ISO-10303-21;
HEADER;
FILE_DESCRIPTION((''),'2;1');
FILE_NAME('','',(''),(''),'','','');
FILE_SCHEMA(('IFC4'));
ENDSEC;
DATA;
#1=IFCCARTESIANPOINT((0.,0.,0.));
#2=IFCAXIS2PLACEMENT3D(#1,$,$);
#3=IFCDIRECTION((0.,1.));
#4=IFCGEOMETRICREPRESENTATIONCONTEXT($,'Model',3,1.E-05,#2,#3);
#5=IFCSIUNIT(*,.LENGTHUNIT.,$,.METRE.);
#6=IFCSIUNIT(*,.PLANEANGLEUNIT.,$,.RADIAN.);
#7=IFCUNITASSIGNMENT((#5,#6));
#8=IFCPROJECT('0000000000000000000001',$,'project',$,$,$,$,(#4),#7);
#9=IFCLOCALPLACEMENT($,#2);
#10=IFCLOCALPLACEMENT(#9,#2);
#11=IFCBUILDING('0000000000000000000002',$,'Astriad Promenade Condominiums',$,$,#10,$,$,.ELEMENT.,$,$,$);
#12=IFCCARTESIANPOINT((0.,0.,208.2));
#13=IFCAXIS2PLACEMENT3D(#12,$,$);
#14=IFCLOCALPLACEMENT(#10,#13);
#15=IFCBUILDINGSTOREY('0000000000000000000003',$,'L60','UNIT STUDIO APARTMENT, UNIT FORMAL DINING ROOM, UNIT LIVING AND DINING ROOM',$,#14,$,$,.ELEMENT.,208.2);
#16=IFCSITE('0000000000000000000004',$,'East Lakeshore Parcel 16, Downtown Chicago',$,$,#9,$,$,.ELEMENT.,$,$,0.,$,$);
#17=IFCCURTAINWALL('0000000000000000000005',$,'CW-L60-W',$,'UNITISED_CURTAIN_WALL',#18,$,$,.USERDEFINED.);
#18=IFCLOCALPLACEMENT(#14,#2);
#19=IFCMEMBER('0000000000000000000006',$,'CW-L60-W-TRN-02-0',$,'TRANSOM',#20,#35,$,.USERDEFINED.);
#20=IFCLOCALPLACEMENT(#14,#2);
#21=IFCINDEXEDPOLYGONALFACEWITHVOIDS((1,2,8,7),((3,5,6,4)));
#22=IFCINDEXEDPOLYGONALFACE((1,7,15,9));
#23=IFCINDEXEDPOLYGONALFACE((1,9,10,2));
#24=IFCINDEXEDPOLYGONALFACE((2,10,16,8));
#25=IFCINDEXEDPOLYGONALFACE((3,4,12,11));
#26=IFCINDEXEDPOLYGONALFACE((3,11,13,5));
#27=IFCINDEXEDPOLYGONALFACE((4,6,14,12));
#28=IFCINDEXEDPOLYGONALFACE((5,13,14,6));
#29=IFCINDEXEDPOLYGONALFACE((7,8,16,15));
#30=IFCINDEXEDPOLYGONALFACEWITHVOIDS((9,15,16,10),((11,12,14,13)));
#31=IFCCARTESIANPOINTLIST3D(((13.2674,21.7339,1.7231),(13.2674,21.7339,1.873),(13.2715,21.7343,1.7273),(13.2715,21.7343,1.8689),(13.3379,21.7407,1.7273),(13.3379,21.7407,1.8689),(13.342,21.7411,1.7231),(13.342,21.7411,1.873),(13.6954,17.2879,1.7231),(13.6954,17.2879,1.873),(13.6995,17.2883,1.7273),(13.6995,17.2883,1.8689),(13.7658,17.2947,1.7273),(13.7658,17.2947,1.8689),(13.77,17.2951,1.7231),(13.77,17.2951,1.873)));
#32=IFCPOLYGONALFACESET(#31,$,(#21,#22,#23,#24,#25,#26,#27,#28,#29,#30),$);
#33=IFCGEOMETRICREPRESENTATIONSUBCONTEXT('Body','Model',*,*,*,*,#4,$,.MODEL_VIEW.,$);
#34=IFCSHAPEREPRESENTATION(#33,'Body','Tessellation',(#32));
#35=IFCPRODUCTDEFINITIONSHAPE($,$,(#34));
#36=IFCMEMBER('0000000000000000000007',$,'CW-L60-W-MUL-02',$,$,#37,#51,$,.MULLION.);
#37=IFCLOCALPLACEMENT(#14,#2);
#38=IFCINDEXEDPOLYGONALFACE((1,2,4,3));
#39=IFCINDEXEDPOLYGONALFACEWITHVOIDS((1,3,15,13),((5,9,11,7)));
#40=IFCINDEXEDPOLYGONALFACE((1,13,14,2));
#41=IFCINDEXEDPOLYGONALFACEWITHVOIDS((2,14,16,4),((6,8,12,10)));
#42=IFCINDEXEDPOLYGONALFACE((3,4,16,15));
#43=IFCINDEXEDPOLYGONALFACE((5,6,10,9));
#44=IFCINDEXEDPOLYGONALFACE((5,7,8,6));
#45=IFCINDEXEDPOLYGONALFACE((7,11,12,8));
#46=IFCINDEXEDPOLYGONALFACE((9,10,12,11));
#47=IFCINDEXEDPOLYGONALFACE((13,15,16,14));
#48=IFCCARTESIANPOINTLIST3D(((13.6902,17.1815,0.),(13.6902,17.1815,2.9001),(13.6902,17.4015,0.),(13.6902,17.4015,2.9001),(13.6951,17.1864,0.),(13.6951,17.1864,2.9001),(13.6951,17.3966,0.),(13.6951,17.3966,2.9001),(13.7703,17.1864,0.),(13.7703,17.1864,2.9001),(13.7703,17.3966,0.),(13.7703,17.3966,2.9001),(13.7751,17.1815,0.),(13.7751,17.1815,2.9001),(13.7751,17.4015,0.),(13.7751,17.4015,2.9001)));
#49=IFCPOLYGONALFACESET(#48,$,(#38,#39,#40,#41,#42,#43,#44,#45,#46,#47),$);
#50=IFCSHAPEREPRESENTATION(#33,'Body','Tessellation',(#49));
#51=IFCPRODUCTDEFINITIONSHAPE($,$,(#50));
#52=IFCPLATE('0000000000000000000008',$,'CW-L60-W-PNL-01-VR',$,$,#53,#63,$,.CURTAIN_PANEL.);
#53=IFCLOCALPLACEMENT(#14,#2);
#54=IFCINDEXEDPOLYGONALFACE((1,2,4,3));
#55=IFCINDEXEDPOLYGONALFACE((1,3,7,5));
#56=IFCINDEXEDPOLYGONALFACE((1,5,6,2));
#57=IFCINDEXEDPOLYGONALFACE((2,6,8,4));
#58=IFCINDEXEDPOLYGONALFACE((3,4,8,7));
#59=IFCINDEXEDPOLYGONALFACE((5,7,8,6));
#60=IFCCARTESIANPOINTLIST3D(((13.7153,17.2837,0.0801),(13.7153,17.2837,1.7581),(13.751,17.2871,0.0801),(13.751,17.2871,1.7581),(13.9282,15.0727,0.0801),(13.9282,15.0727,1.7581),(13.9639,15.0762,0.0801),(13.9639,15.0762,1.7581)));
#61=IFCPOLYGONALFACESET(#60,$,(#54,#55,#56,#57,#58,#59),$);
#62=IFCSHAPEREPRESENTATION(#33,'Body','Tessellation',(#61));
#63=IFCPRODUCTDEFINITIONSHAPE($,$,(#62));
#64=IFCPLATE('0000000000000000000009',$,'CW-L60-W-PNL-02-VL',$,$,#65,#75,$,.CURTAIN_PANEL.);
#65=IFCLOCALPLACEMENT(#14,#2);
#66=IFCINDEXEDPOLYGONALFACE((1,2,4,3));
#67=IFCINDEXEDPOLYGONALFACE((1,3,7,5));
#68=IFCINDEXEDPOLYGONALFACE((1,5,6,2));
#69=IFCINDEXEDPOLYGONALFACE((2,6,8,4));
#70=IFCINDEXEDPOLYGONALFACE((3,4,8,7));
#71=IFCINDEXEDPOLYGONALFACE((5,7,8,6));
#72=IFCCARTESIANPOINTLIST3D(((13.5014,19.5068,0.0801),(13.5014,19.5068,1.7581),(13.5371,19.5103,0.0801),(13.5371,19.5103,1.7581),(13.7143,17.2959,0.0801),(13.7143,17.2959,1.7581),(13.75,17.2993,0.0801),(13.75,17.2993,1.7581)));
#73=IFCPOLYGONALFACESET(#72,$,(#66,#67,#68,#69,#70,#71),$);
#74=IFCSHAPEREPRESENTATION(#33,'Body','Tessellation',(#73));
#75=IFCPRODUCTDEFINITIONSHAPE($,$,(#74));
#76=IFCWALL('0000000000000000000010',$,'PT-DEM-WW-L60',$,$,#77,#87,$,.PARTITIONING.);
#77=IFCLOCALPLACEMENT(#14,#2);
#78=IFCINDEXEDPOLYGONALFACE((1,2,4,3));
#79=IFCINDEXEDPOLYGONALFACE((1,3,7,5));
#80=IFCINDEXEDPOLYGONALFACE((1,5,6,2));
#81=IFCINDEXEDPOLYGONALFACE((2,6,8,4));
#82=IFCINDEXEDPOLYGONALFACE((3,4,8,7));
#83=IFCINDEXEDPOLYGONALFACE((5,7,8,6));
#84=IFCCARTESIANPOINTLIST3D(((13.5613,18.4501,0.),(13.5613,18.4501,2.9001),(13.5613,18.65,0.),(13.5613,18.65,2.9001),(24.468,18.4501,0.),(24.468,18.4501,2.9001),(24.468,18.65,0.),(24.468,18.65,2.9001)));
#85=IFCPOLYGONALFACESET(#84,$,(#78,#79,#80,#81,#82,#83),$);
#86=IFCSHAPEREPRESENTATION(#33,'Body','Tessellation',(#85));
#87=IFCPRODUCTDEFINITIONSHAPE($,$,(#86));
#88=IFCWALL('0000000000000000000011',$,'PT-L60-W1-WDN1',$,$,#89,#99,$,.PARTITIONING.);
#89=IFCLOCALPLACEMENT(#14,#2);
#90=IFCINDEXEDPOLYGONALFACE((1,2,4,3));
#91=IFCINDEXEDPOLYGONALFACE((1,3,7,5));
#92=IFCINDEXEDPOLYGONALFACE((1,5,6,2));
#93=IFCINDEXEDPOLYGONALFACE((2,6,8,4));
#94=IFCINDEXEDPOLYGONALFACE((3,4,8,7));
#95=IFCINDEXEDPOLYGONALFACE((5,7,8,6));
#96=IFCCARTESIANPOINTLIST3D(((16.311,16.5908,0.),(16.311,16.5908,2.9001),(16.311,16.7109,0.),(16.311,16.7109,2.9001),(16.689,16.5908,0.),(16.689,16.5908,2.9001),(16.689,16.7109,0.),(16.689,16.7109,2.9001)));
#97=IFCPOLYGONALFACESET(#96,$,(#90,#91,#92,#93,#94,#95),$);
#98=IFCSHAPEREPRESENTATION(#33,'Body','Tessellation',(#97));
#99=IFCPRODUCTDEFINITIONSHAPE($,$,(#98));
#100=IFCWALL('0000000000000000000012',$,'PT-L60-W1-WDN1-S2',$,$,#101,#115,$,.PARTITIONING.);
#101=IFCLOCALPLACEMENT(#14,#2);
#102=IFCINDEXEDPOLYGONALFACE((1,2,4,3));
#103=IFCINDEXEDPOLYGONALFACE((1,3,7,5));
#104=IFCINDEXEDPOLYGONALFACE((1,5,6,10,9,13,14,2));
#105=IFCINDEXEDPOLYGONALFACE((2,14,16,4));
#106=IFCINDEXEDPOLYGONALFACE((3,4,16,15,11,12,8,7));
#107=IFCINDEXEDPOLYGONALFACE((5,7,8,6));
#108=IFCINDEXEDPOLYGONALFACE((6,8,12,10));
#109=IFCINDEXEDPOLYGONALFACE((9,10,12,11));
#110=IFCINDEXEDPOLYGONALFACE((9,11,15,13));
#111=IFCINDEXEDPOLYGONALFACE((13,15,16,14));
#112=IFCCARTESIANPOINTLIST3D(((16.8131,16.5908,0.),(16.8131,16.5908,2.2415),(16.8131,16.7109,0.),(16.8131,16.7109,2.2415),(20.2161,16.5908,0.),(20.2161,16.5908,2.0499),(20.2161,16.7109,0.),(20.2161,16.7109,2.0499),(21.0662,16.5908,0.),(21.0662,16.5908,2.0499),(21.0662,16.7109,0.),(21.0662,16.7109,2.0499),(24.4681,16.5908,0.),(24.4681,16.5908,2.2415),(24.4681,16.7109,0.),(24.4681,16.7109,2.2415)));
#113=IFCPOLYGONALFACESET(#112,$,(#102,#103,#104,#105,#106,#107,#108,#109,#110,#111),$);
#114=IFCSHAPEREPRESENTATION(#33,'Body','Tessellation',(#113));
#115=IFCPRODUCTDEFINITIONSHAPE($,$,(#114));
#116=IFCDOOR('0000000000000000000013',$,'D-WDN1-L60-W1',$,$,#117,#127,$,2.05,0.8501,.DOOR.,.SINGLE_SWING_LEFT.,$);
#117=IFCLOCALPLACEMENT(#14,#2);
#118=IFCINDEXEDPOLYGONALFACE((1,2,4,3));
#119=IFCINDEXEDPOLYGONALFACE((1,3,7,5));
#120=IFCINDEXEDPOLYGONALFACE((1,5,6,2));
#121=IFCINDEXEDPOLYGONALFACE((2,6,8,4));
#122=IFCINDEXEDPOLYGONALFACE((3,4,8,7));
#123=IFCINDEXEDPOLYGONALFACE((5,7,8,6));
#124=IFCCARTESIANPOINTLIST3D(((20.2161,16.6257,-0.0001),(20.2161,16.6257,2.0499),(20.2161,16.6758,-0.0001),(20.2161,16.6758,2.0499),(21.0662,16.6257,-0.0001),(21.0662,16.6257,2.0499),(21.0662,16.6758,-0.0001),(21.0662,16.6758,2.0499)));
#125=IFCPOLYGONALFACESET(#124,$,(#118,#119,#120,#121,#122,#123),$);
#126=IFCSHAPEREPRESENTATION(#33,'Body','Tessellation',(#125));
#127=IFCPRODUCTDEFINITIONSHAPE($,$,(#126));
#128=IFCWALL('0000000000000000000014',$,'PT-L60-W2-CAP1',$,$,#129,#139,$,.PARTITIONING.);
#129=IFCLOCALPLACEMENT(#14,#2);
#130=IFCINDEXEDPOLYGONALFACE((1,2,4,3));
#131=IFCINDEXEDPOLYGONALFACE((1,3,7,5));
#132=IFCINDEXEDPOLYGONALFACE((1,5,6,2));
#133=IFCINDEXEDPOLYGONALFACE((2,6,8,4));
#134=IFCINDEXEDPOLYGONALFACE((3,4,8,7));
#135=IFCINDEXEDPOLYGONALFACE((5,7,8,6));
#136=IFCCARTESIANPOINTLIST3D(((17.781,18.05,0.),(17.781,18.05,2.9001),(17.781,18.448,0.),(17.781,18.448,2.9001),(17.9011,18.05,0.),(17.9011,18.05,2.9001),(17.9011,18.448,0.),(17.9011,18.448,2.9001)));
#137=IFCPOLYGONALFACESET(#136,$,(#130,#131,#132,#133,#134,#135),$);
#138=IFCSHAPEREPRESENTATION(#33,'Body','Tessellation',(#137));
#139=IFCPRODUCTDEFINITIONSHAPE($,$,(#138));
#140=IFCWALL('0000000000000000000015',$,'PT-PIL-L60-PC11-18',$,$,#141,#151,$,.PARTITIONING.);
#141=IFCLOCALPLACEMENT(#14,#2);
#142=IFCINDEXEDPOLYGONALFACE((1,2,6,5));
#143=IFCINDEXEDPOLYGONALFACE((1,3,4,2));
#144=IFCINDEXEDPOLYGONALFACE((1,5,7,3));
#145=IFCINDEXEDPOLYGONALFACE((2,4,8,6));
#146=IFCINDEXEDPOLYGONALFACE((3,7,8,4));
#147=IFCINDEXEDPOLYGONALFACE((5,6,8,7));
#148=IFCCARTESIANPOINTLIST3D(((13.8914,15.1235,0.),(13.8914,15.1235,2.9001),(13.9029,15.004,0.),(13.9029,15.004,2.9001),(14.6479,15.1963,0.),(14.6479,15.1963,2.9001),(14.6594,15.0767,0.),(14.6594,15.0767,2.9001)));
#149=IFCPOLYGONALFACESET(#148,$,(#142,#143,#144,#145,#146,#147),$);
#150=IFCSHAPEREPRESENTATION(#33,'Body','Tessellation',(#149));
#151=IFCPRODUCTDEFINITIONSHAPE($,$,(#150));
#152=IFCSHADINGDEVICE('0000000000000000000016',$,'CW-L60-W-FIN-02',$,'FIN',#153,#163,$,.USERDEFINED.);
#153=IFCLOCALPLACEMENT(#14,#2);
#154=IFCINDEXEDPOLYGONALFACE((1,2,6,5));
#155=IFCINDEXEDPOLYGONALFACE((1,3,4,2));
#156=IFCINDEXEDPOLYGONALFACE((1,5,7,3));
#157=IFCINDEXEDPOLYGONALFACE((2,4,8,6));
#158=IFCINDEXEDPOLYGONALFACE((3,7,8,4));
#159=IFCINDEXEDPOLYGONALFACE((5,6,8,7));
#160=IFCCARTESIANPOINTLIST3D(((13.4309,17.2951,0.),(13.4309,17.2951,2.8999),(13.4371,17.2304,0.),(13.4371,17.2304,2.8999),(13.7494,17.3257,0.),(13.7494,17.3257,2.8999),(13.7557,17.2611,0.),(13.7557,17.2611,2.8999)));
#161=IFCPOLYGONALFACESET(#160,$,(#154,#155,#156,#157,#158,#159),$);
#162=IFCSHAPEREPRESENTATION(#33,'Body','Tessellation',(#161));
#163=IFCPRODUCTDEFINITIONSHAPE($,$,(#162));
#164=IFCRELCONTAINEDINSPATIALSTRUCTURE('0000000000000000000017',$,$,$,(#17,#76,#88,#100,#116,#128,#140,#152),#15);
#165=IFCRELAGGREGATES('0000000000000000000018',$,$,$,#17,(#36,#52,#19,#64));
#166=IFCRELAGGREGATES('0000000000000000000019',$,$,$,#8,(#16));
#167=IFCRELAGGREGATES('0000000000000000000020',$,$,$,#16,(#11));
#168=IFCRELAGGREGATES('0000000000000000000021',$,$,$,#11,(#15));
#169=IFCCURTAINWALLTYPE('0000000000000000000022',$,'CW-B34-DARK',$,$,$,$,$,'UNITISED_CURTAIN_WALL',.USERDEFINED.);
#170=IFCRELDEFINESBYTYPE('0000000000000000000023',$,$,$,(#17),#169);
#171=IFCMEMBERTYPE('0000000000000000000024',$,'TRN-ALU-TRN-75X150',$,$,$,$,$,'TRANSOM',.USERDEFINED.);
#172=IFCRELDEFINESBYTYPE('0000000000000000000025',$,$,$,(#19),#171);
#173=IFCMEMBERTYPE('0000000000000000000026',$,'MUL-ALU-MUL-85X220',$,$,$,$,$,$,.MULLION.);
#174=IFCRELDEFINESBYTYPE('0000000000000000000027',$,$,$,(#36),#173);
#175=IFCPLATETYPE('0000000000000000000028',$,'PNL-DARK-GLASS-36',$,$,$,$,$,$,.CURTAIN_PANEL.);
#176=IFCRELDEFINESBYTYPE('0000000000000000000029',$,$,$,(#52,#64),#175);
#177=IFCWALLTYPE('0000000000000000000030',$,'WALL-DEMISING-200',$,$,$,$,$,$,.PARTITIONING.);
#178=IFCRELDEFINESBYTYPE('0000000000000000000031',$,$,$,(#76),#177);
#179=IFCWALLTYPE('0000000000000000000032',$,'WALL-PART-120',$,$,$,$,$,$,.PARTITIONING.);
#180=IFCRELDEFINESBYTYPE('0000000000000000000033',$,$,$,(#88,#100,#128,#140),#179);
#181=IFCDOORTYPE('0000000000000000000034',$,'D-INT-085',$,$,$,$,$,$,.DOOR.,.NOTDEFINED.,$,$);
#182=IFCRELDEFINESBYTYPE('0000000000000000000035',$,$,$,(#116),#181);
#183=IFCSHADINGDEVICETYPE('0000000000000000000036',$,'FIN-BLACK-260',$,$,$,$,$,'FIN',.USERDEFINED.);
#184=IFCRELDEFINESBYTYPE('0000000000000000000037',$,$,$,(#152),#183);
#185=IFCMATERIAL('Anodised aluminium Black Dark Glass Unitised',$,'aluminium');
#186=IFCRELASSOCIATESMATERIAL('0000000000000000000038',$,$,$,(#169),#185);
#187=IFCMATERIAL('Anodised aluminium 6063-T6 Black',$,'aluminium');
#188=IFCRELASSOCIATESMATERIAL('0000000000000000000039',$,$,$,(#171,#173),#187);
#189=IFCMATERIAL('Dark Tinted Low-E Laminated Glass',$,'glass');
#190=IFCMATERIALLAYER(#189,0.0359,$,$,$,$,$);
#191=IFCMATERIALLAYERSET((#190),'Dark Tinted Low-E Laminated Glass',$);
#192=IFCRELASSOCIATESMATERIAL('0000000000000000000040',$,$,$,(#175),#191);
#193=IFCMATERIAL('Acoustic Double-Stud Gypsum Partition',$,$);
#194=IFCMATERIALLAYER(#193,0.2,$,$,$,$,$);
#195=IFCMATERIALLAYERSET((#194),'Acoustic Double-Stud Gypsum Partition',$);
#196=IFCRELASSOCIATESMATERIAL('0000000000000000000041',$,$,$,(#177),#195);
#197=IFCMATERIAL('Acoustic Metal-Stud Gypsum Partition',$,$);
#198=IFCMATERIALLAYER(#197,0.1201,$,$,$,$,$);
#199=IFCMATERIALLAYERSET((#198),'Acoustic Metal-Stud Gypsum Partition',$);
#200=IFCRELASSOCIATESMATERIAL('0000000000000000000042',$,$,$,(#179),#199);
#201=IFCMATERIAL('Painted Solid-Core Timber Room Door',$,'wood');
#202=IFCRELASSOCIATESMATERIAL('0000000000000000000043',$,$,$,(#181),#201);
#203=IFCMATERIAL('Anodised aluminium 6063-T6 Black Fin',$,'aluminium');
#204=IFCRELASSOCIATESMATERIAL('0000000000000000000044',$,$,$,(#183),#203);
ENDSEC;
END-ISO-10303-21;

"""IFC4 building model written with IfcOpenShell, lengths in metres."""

from ifc_helpers import new_model, si_unit, direction, frame, frame_2d, origin, origin_2d, place, context, subcontext, project, spatial, rectangle, hollow_rectangle, extrude, source, transform, mapped, material, layer, layer_set, material_profile, profile_set, type_object, type_shapes, element, fill, aggregate, save


model = new_model("IFC4")

# Units and contexts
model_context = context("Model", 3, precision=1e-05, world=origin(), true_north=direction((0.0, 1.0)))
body_context = subcontext(model_context, "Body", "Model", "MODEL_VIEW")
ifc_project = project(units=[si_unit("LENGTHUNIT", "METRE"), si_unit("PLANEANGLEUNIT", "RADIAN")], contexts=[model_context])

# Site, building, storey
site_placement = place(None, origin())
site = spatial("IfcSite", under=ifc_project, at=site_placement, Name="East Lakeshore Parcel 16, Downtown Chicago", CompositionType="ELEMENT", RefElevation=0.0)
building_placement = place(site_placement, origin())
building = spatial("IfcBuilding", under=site, at=building_placement, Name="Astriad Promenade Condominiums", CompositionType="ELEMENT")
storey_placement = place(building_placement, frame((0.0, 0.0, 208.2)))
storey = spatial("IfcBuildingStorey", under=building, at=storey_placement, Name="L60", Description="UNIT STUDIO APARTMENT, UNIT FORMAL DINING ROOM, UNIT LIVING AND DINING ROOM", CompositionType="ELEMENT", Elevation=208.2)

# Curtain wall, members, plates
ifc_material_1 = material(Name="Anodised aluminium Black Dark Glass Unitised", Category="aluminium")
curtain_wall_type = type_object("IfcCurtainWallType", Name="CW-B34-DARK", ElementType="UNITISED_CURTAIN_WALL", PredefinedType="USERDEFINED", material=ifc_material_1)
curtain_wall_placement = place(storey_placement, origin())
curtain_wall = element("IfcCurtainWall", 1, at=curtain_wall_placement, inside=storey, type_object=curtain_wall_type, Name="CW-L60-W", ObjectType="UNITISED_CURTAIN_WALL", PredefinedType="USERDEFINED")
ifc_material_2 = material(Name="Anodised aluminium 6063-T6 Black", Category="aluminium")
ifc_material_profile_1 = material_profile(ifc_material_2, hollow_rectangle(XDim=0.075, YDim=0.1499, WallThickness=0.0042, at=origin_2d()), Name="ALU-TRN-75X150")
ifc_profile_set_1 = profile_set([ifc_material_profile_1], Name="Anodised aluminium 6063-T6 Black")
member_type_1 = type_object("IfcMemberType", Name="TRN-ALU-TRN-75X150", ElementType="TRANSOM", PredefinedType="USERDEFINED", material=ifc_profile_set_1)
shared_shape_1 = source(origin(), body_context, "Body", "SweptSolid", [
    extrude(hollow_rectangle(XDim=0.075, YDim=0.1499, WallThickness=0.0042, at=origin_2d()), origin(), (0.0, 0.0, 1.0), 4.4666),
])
type_shapes(member_type_1, [shared_shape_1])
member_1_placement = place(storey_placement, frame((13.7327, 17.2915, 1.7981), z_axis=(-0.095818, 0.995399, 0.0), x_axis=(-0.995399, -0.095818, 0.0)))
member_1 = element("IfcMember", 2, at=member_1_placement, type_object=member_type_1, Name="CW-L60-W-TRN-02-0", ObjectType="TRANSOM", PredefinedType="USERDEFINED", context=body_context, shape_type="MappedRepresentation", body=[
    mapped(shared_shape_1, transform((0.0, 0.0, 0.0), scale=1.0)),
])
ifc_material_profile_2 = material_profile(ifc_material_2, hollow_rectangle(XDim=0.085, YDim=0.22, WallThickness=0.0049, at=origin_2d()), Name="ALU-MUL-85X220")
ifc_profile_set_2 = profile_set([ifc_material_profile_2], Name="Anodised aluminium 6063-T6 Black")
member_type_2 = type_object("IfcMemberType", Name="MUL-ALU-MUL-85X220", PredefinedType="MULLION", material=ifc_profile_set_2)
shared_shape_2 = source(origin(), body_context, "Body", "SweptSolid", [
    extrude(hollow_rectangle(XDim=0.085, YDim=0.22, WallThickness=0.0049, at=origin_2d()), origin(), (0.0, 0.0, 1.0), 2.9001),
])
type_shapes(member_type_2, [shared_shape_2])
member_2_placement = place(storey_placement, frame((13.7327, 17.2915, 0.0), z_axis=(0.0, 0.0, 1.0), x_axis=(1.0, 0.0, 0.0)))
member_2 = element("IfcMember", 3, at=member_2_placement, type_object=member_type_2, Name="CW-L60-W-MUL-02", PredefinedType="MULLION", context=body_context, shape_type="MappedRepresentation", body=[
    mapped(shared_shape_2, transform((0.0, 0.0, 0.0), scale=1.0)),
])
ifc_material_3 = material(Name="Dark Tinted Low-E Laminated Glass", Category="glass")
ifc_layer_1 = layer(ifc_material_3, 0.0359)
ifc_layer_set_1 = layer_set([ifc_layer_1], Name="Dark Tinted Low-E Laminated Glass")
plate_type = type_object("IfcPlateType", Name="PNL-DARK-GLASS-36", PredefinedType="CURTAIN_PANEL", material=ifc_layer_set_1)
shared_shape_3 = source(origin(), body_context, "Body", "SweptSolid", [
    extrude(rectangle(XDim=2.2212, YDim=0.0359, at=origin_2d()), origin(), (0.0, 0.0, 1.0), 1.678),
])
type_shapes(plate_type, [shared_shape_3])
plate_1_placement = place(storey_placement, frame((13.8396, 16.1799, 0.0801), z_axis=(0.0, 0.0, 1.0), x_axis=(-0.095846, 0.995396, 0.0)))
plate_1 = element("IfcPlate", 4, at=plate_1_placement, type_object=plate_type, Name="CW-L60-W-PNL-01-VR", PredefinedType="CURTAIN_PANEL", context=body_context, shape_type="MappedRepresentation", body=[
    mapped(shared_shape_3, transform((0.0, 0.0, 0.0), scale=1.0)),
])
plate_2_placement = place(storey_placement, frame((13.6257, 18.4031, 0.0801), z_axis=(0.0, 0.0, 1.0), x_axis=(-0.095846, 0.995396, 0.0)))
plate_2 = element("IfcPlate", 5, at=plate_2_placement, type_object=plate_type, Name="CW-L60-W-PNL-02-VL", PredefinedType="CURTAIN_PANEL", context=body_context, shape_type="MappedRepresentation", body=[
    mapped(shared_shape_3, transform((0.0, 0.0, 0.0), scale=1.0)),
])
aggregate(curtain_wall, [member_2, plate_1, member_1, plate_2])

# Walls
ifc_material_4 = material(Name="Acoustic Double-Stud Gypsum Partition")
ifc_layer_2 = layer(ifc_material_4, 0.2)
ifc_layer_set_2 = layer_set([ifc_layer_2], Name="Acoustic Double-Stud Gypsum Partition")
wall_type_1 = type_object("IfcWallType", Name="WALL-DEMISING-200", PredefinedType="PARTITIONING", material=ifc_layer_set_2)
wall_1_placement = place(storey_placement, frame((13.5613, 18.55, 0.0), z_axis=(0.0, 0.0, 1.0), x_axis=(1.0, 0.0, 0.0)))
element("IfcWall", 6, at=wall_1_placement, inside=storey, type_object=wall_type_1, Name="PT-DEM-WW-L60", PredefinedType="PARTITIONING", context=body_context, shape_type="SweptSolid", body=[
    extrude(rectangle(XDim=10.9067, YDim=0.2, at=frame_2d((5.4534, 0.0))), origin(), (0.0, 0.0, 1.0), 2.9001),
])
ifc_material_5 = material(Name="Acoustic Metal-Stud Gypsum Partition")
ifc_layer_3 = layer(ifc_material_5, 0.1201)
ifc_layer_set_3 = layer_set([ifc_layer_3], Name="Acoustic Metal-Stud Gypsum Partition")
wall_type_2 = type_object("IfcWallType", Name="WALL-PART-120", PredefinedType="PARTITIONING", material=ifc_layer_set_3)
wall_2_placement = place(storey_placement, frame((16.311, 16.6509, 0.0), z_axis=(0.0, 0.0, 1.0), x_axis=(1.0, 0.0, 0.0)))
element("IfcWall", 7, at=wall_2_placement, inside=storey, type_object=wall_type_2, Name="PT-L60-W1-WDN1", PredefinedType="PARTITIONING", context=body_context, shape_type="SweptSolid", body=[
    extrude(rectangle(XDim=0.3779, YDim=0.1201, at=frame_2d((0.189, 0.0))), origin(), (0.0, 0.0, 1.0), 2.9001),
])

# Wall, opening, door
wall_3_placement = place(storey_placement, frame((16.813, 16.6509, 0.0), z_axis=(0.0, 0.0, 1.0), x_axis=(1.0, 0.0, 0.0)))
wall_3 = element("IfcWall", 8, at=wall_3_placement, inside=storey, type_object=wall_type_2, Name="PT-L60-W1-WDN1-S2", PredefinedType="PARTITIONING", context=body_context, shape_type="SweptSolid", body=[
    extrude(rectangle(XDim=7.655, YDim=0.1201, at=frame_2d((3.8276, 0.0))), origin(), (0.0, 0.0, 1.0), 2.2415),
])
opening_placement = place(wall_3_placement, frame((3.4031, 0.0, 0.0)))
opening = element("IfcOpeningElement", 9, at=opening_placement, cuts=wall_3, PredefinedType="OPENING", context=body_context, shape_type="SweptSolid", body=[
    extrude(rectangle(XDim=0.8501, YDim=2.05, at=frame_2d((0.425, 1.0249))), frame((0.0, 0.0701, 0.0), z_axis=(0.0, -1.0, 0.0), x_axis=(1.0, 0.0, 0.0)), (0.0, 0.0, 1.0), 0.1401),
])
ifc_material_6 = material(Name="Painted Solid-Core Timber Room Door", Category="wood")
door_type = type_object("IfcDoorType", Name="D-INT-085", OperationType="NOTDEFINED", PredefinedType="DOOR", material=ifc_material_6)
shared_shape_4 = source(origin(), body_context, "Body", "SweptSolid", [
    extrude(rectangle(XDim=0.8501, YDim=2.05, at=frame_2d((0.425, 1.0249))), frame((0.0, 0.0249, 0.0), z_axis=(0.0, -1.0, 0.0), x_axis=(1.0, 0.0, 0.0)), (0.0, 0.0, 1.0), 0.05),
])
type_shapes(door_type, [shared_shape_4])
door_placement = place(opening_placement, origin())
door = element("IfcDoor", 10, at=door_placement, inside=storey, type_object=door_type, Name="D-WDN1-L60-W1", OperationType="SINGLE_SWING_LEFT", OverallHeight=2.05, OverallWidth=0.8501, PredefinedType="DOOR", context=body_context, shape_type="MappedRepresentation", body=[
    mapped(shared_shape_4, transform((0.0, 0.0, 0.0), scale=1.0)),
])
fill(opening, door)

# Walls
wall_4_placement = place(storey_placement, frame((17.8411, 18.05, 0.0), z_axis=(0.0, 0.0, 1.0), x_axis=(0.0, 1.0, 0.0)))
element("IfcWall", 11, at=wall_4_placement, inside=storey, type_object=wall_type_2, Name="PT-L60-W2-CAP1", PredefinedType="PARTITIONING", context=body_context, shape_type="SweptSolid", body=[
    extrude(rectangle(XDim=0.3979, YDim=0.1201, at=frame_2d((0.199, 0.0))), origin(), (0.0, 0.0, 1.0), 2.9001),
])
wall_5_placement = place(storey_placement, frame((14.6536, 15.1365, 0.0), z_axis=(0.0, 0.0, 1.0), x_axis=(-0.995408, -0.095719, 0.0)))
element("IfcWall", 12, at=wall_5_placement, inside=storey, type_object=wall_type_2, Name="PT-PIL-L60-PC11-18", PredefinedType="PARTITIONING", context=body_context, shape_type="SweptSolid", body=[
    extrude(rectangle(XDim=0.76, YDim=0.1201, at=frame_2d((0.3799, 0.0))), origin(), (0.0, 0.0, 1.0), 2.9001),
])

# Shading device
ifc_material_7 = material(Name="Anodised aluminium 6063-T6 Black Fin", Category="aluminium")
shading_device_type = type_object("IfcShadingDeviceType", Name="FIN-BLACK-260", ElementType="FIN", PredefinedType="USERDEFINED", material=ifc_material_7)
shared_shape_5 = source(origin(), body_context, "Body", "SweptSolid", [
    extrude(rectangle(XDim=0.0649, YDim=0.3201, at=origin_2d()), origin(), (0.0, 0.0, 1.0), 2.8999),
])
type_shapes(shading_device_type, [shared_shape_5])
shading_device_placement = place(storey_placement, frame((13.5933, 17.2781, 0.0), z_axis=(0.0, 0.0, 1.0), x_axis=(-0.095846, 0.995396, 0.0)))
element("IfcShadingDevice", 13, at=shading_device_placement, inside=storey, type_object=shading_device_type, Name="CW-L60-W-FIN-02", ObjectType="FIN", PredefinedType="USERDEFINED", context=body_context, shape_type="MappedRepresentation", body=[
    mapped(shared_shape_5, transform((0.0, 0.0, 0.0), scale=1.0)),
])

save(model, "model.ifc")
